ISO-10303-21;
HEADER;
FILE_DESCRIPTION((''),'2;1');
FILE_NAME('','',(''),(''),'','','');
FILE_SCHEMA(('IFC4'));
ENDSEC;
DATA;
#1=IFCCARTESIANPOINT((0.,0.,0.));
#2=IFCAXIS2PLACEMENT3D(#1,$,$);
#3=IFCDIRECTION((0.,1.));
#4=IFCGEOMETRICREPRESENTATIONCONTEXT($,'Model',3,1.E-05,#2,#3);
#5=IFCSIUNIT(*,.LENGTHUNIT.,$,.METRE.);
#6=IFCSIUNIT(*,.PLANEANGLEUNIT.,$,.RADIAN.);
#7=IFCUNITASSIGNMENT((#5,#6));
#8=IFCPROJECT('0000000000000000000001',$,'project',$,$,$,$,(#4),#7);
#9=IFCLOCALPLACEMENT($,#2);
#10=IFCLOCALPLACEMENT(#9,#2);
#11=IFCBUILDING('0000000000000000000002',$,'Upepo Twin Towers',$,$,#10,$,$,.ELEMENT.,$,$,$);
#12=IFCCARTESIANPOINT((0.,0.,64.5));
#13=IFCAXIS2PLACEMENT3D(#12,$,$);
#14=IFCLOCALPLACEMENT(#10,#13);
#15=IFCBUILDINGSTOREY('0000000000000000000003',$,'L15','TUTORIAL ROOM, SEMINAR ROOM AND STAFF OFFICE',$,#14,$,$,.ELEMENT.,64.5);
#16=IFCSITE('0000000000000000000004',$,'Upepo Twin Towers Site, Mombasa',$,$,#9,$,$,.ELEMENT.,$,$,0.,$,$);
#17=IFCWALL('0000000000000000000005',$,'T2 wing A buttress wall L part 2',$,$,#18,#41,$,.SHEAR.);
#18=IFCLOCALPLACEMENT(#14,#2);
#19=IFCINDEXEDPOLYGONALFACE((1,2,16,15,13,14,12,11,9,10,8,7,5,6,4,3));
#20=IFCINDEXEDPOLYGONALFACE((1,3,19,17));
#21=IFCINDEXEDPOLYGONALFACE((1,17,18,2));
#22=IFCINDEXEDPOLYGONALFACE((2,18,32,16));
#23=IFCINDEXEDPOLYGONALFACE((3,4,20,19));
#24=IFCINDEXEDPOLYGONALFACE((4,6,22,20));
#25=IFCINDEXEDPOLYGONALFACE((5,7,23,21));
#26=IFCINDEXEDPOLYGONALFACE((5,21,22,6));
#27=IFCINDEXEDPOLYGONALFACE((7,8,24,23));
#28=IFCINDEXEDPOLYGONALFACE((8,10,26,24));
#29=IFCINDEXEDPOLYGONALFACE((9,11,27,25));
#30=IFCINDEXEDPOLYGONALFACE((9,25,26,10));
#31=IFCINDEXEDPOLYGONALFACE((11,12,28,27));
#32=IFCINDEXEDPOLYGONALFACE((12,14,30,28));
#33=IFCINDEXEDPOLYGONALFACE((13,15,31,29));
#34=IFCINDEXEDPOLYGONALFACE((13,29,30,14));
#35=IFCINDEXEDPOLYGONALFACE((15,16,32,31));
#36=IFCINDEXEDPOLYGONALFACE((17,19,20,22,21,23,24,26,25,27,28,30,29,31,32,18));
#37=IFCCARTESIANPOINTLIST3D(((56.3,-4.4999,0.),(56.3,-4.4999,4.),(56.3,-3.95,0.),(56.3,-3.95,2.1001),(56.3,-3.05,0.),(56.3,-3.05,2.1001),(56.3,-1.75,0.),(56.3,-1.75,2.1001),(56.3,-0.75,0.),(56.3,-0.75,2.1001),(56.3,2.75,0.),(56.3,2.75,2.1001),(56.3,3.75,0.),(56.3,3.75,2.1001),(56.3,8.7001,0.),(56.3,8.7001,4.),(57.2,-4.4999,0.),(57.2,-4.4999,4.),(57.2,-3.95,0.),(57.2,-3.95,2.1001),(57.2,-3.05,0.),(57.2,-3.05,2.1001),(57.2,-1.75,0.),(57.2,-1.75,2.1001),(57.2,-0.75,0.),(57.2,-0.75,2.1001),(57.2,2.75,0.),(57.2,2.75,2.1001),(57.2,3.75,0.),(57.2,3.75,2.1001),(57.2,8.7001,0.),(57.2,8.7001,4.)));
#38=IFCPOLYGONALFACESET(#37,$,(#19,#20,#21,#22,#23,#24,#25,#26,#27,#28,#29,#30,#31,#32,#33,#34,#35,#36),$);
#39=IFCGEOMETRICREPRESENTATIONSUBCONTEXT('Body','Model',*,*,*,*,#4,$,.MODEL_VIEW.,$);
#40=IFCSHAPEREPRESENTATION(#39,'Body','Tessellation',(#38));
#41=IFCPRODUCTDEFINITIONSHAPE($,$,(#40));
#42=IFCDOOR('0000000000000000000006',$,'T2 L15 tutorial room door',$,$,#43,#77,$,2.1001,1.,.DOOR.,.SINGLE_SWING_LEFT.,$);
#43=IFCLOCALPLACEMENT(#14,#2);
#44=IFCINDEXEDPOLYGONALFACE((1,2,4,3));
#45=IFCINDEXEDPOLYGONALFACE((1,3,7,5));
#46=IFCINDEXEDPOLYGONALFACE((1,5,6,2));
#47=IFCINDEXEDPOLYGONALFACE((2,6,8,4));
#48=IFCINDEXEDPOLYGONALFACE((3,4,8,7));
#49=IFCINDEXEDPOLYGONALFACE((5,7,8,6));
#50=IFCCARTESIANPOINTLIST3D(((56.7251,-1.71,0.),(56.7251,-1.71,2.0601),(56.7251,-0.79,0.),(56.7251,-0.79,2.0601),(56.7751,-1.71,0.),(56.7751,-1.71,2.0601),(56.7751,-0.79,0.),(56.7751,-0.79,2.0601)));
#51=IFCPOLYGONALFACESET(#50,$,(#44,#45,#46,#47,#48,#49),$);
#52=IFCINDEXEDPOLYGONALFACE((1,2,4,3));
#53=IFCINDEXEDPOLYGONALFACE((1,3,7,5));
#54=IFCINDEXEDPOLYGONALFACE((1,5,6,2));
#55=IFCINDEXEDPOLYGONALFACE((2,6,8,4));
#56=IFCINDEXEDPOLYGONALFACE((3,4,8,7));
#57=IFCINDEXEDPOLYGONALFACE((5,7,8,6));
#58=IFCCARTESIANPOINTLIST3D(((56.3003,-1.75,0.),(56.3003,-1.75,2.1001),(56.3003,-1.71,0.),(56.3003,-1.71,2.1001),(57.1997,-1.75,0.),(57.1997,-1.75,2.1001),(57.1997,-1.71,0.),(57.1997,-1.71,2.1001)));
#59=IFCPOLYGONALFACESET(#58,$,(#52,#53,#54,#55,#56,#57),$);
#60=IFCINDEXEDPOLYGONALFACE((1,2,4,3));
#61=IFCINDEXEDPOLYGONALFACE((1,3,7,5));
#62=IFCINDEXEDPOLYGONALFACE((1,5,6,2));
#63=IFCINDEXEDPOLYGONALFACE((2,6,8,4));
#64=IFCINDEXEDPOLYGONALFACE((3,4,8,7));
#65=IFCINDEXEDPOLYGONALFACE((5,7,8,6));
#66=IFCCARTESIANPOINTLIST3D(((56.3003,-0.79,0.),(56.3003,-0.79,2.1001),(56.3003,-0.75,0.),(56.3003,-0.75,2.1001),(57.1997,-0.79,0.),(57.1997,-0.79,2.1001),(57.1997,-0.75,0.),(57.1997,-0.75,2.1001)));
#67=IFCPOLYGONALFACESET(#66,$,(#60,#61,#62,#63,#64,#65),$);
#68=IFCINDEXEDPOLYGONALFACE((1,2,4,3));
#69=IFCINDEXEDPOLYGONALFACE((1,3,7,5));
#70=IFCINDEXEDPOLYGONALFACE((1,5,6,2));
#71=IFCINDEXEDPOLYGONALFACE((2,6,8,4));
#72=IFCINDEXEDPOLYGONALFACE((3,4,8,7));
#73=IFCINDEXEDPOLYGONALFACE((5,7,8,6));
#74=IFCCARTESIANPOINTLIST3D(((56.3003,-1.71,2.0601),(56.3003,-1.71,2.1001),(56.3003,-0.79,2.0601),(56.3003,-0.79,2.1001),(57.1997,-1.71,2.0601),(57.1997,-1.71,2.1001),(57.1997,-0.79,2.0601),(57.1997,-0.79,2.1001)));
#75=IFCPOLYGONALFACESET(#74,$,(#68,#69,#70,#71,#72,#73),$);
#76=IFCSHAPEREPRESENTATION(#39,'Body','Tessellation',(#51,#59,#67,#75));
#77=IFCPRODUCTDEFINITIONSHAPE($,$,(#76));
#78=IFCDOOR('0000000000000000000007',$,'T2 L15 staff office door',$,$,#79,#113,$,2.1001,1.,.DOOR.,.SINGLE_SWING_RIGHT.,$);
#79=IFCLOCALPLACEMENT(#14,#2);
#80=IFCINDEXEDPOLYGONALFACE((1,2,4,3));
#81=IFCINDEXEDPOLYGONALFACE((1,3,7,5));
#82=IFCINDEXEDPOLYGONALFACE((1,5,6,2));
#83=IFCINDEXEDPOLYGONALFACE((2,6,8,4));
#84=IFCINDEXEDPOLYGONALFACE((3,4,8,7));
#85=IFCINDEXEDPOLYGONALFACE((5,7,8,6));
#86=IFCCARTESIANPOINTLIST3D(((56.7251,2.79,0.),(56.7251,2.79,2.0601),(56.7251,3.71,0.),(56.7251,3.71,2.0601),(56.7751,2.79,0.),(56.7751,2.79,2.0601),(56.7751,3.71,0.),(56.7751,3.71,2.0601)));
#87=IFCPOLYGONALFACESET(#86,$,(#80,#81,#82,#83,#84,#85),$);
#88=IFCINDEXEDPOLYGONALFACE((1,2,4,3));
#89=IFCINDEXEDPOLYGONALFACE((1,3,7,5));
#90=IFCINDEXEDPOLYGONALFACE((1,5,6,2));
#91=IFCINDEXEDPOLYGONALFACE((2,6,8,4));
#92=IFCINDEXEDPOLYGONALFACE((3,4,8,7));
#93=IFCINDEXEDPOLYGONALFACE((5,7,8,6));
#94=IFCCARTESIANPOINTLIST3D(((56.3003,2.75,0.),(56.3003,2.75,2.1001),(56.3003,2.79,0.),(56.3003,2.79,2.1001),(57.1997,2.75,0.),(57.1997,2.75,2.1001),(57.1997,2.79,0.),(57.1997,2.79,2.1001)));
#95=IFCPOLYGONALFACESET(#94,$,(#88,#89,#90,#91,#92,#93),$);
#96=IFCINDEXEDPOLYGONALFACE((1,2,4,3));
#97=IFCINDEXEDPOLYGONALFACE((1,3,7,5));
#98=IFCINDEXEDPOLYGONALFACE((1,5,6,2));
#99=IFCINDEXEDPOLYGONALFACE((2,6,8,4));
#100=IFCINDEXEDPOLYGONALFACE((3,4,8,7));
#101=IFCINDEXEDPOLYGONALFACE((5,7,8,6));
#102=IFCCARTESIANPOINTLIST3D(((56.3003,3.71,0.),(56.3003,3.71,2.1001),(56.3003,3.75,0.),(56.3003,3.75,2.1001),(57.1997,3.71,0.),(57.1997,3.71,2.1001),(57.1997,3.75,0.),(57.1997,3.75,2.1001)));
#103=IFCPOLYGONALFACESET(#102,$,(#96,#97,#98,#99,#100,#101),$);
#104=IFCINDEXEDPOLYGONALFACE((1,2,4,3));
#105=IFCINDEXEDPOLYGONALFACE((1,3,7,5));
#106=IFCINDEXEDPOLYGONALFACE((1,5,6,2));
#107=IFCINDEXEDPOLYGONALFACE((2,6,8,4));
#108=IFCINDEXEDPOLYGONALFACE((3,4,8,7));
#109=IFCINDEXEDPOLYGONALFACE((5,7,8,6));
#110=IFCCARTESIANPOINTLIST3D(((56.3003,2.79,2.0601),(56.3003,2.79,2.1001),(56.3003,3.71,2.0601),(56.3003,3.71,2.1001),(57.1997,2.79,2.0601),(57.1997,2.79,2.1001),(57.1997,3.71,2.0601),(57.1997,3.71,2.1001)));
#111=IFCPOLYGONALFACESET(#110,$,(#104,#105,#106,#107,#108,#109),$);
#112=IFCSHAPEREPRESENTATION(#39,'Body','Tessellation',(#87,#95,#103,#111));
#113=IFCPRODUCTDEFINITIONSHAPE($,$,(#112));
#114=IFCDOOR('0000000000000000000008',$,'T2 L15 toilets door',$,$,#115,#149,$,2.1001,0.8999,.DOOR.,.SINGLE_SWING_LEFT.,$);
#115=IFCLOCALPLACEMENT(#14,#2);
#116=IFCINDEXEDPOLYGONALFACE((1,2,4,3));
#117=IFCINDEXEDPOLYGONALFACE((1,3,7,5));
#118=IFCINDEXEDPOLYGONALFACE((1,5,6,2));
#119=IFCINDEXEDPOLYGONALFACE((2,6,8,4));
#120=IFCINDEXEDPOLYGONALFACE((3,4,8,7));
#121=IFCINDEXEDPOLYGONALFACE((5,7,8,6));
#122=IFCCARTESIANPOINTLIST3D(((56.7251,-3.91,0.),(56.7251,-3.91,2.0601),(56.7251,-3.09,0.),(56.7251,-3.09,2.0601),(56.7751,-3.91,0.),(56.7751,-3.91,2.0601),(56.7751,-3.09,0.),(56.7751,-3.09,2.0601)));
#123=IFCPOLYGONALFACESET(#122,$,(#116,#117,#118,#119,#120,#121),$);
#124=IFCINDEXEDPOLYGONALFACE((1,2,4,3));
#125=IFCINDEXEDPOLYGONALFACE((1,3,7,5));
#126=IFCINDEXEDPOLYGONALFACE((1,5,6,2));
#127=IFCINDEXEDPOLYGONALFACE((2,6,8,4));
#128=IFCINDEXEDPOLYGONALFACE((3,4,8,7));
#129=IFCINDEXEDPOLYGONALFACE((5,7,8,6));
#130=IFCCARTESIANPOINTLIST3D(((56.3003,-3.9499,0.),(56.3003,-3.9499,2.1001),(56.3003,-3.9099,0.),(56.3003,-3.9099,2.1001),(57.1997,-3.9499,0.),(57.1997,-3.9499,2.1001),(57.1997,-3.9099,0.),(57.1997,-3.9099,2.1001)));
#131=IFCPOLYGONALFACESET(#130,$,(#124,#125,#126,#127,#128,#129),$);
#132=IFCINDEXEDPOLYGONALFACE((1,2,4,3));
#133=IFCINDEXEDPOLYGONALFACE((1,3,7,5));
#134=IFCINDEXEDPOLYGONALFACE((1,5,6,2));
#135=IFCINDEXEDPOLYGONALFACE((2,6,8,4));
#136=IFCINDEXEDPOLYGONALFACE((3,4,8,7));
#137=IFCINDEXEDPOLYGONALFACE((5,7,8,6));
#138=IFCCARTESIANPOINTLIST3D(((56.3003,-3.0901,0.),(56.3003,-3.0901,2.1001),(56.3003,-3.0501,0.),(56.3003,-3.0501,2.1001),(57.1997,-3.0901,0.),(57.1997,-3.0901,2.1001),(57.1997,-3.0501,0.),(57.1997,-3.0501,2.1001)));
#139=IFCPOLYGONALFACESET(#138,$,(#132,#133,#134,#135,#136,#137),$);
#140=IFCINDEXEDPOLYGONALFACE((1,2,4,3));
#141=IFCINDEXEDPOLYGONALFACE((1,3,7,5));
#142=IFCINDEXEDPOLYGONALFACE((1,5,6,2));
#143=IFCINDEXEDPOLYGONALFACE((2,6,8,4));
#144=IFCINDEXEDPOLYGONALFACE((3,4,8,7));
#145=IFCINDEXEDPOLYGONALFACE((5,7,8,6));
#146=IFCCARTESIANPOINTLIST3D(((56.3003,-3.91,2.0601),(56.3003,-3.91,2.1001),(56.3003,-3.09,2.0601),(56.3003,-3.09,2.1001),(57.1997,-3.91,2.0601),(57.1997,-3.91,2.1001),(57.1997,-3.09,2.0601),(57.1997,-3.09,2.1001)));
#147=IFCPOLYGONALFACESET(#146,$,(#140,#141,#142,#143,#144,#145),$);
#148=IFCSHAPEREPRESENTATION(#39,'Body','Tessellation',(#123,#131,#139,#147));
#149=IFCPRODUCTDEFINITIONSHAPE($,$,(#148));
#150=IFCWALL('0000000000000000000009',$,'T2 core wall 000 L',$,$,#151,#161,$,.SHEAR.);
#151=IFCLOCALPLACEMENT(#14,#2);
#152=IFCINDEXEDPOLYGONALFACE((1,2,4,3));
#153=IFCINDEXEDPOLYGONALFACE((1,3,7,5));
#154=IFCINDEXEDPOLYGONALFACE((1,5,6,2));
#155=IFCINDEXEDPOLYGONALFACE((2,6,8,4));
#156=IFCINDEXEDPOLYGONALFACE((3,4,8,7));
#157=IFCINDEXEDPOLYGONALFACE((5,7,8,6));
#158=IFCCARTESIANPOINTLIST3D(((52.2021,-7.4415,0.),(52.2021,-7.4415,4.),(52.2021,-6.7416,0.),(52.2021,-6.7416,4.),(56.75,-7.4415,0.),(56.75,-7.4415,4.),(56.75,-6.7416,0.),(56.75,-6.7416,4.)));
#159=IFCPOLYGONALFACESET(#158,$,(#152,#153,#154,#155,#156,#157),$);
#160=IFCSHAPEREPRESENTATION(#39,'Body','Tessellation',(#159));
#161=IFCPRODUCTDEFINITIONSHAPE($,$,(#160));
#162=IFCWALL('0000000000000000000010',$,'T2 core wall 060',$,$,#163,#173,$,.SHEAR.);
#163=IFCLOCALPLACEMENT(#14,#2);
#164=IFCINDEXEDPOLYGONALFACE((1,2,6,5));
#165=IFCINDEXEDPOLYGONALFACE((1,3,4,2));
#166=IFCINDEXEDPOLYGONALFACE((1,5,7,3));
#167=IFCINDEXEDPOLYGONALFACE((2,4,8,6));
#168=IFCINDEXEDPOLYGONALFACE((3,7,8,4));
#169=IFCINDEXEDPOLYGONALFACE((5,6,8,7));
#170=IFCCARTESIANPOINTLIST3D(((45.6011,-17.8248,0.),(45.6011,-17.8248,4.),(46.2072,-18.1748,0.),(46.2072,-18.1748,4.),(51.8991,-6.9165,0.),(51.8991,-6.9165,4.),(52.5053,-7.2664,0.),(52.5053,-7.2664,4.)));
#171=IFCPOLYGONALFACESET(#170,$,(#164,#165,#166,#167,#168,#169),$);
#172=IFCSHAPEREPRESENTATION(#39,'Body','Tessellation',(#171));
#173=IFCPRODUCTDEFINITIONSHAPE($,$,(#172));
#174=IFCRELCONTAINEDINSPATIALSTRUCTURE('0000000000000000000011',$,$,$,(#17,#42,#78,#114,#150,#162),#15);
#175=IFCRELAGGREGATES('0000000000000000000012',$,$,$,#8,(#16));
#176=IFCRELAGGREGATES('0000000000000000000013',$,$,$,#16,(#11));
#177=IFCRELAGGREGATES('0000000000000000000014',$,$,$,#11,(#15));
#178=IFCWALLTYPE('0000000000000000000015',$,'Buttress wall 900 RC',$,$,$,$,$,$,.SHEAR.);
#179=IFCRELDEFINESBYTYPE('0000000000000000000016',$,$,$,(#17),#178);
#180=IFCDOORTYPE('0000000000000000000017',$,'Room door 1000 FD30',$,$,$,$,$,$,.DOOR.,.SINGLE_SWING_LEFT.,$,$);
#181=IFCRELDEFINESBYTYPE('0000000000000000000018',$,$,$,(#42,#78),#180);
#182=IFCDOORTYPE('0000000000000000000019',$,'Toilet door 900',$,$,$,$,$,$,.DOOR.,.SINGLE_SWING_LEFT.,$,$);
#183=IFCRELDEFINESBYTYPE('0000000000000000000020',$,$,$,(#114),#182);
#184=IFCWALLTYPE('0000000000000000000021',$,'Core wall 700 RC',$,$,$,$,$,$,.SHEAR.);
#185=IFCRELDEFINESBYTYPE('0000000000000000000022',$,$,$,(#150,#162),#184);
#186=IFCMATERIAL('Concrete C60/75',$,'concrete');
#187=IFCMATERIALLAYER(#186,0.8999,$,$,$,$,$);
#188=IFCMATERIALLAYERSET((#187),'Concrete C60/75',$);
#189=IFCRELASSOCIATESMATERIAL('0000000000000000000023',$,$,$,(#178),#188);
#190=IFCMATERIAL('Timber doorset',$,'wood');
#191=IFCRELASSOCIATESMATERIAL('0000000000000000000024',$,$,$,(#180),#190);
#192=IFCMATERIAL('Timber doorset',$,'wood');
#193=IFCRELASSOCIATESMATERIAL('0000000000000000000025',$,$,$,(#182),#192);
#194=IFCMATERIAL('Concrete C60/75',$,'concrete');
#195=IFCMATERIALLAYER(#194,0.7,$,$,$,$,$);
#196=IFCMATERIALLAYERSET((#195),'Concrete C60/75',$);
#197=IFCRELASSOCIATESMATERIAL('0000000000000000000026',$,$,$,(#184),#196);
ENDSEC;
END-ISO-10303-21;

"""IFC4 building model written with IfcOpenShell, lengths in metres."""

from ifc_helpers import new_model, si_unit, direction, frame, frame_2d, origin, place, context, subcontext, project, spatial, rectangle, extrude, material, layer, layer_set, type_object, element, fill, save


model = new_model("IFC4")

# Units and contexts
model_context = context("Model", 3, precision=1e-05, world=origin(), true_north=direction((0.0, 1.0)))
body_context = subcontext(model_context, "Body", "Model", "MODEL_VIEW")
ifc_project = project(units=[si_unit("LENGTHUNIT", "METRE"), si_unit("PLANEANGLEUNIT", "RADIAN")], contexts=[model_context])

# Site, building, storey
site_placement = place(None, origin())
site = spatial("IfcSite", under=ifc_project, at=site_placement, Name="Upepo Twin Towers Site, Mombasa", CompositionType="ELEMENT", RefElevation=0.0)
building_placement = place(site_placement, origin())
building = spatial("IfcBuilding", under=site, at=building_placement, Name="Upepo Twin Towers", CompositionType="ELEMENT")
storey_placement = place(building_placement, frame((0.0, 0.0, 64.5)))
storey = spatial("IfcBuildingStorey", under=building, at=storey_placement, Name="L15", Description="TUTORIAL ROOM, SEMINAR ROOM AND STAFF OFFICE", CompositionType="ELEMENT", Elevation=64.5)

# Wall, openings, doors
ifc_material_1 = material(Name="Concrete C60/75", Category="concrete")
ifc_layer_1 = layer(ifc_material_1, 0.8999)
ifc_layer_set_1 = layer_set([ifc_layer_1], Name="Concrete C60/75")
wall_type_1 = type_object("IfcWallType", Name="Buttress wall 900 RC", PredefinedType="SHEAR", material=ifc_layer_set_1)
wall_1_placement = place(storey_placement, frame((56.75, -4.5, 0.0), z_axis=(0.0, 0.0, 1.0), x_axis=(0.0, 1.0, 0.0)))
wall_1 = element("IfcWall", 1, at=wall_1_placement, inside=storey, type_object=wall_type_1, Name="T2 wing A buttress wall L part 2", PredefinedType="SHEAR", context=body_context, shape_type="SweptSolid", body=[
    extrude(rectangle(XDim=13.2, YDim=0.8999, at=frame_2d((6.6001, 0.0))), origin(), (0.0, 0.0, 1.0), 4.0),
])
opening_1_placement = place(wall_1_placement, frame((0.55, 0.0, 0.0)))
opening_1 = element("IfcOpeningElement", 2, at=opening_1_placement, cuts=wall_1, PredefinedType="OPENING", context=body_context, shape_type="SweptSolid", body=[
    extrude(rectangle(XDim=0.8999, YDim=2.1001, at=frame_2d((0.45, 1.05))), frame((0.0, 0.46, 0.0), z_axis=(0.0, -1.0, 0.0), x_axis=(1.0, 0.0, 0.0)), (0.0, 0.0, 1.0), 0.9199),
])
opening_2_placement = place(wall_1_placement, frame((2.75, 0.0, 0.0)))
opening_2 = element("IfcOpeningElement", 3, at=opening_2_placement, cuts=wall_1, PredefinedType="OPENING", context=body_context, shape_type="SweptSolid", body=[
    extrude(rectangle(XDim=1.0, YDim=2.1001, at=frame_2d((0.5, 1.05))), frame((0.0, 0.46, 0.0), z_axis=(0.0, -1.0, 0.0), x_axis=(1.0, 0.0, 0.0)), (0.0, 0.0, 1.0), 0.9199),
])
opening_3_placement = place(wall_1_placement, frame((7.25, 0.0, 0.0)))
opening_3 = element("IfcOpeningElement", 4, at=opening_3_placement, cuts=wall_1, PredefinedType="OPENING", context=body_context, shape_type="SweptSolid", body=[
    extrude(rectangle(XDim=1.0, YDim=2.1001, at=frame_2d((0.5, 1.05))), frame((0.0, 0.46, 0.0), z_axis=(0.0, -1.0, 0.0), x_axis=(1.0, 0.0, 0.0)), (0.0, 0.0, 1.0), 0.9199),
])
ifc_material_2 = material(Name="Timber doorset", Category="wood")
door_type_1 = type_object("IfcDoorType", Name="Room door 1000 FD30", OperationType="SINGLE_SWING_LEFT", PredefinedType="DOOR", material=ifc_material_2)
door_1_placement = place(opening_2_placement, origin())
door_1 = element("IfcDoor", 5, at=door_1_placement, inside=storey, type_object=door_type_1, Name="T2 L15 tutorial room door", OperationType="SINGLE_SWING_LEFT", OverallHeight=2.1001, OverallWidth=1.0, PredefinedType="DOOR", context=body_context, shape_type="SweptSolid", body=[
    extrude(rectangle(XDim=0.92, YDim=2.0601, at=frame_2d((0.5, 1.03))), frame((0.0, 0.0249, 0.0), z_axis=(0.0, -1.0, 0.0), x_axis=(1.0, 0.0, 0.0)), (0.0, 0.0, 1.0), 0.05),
    extrude(rectangle(XDim=0.04, YDim=2.1001, at=frame_2d((0.02, 1.05))), frame((0.0, 0.4497, 0.0), z_axis=(0.0, -1.0, 0.0), x_axis=(1.0, 0.0, 0.0)), (0.0, 0.0, 1.0), 0.8994),
    extrude(rectangle(XDim=0.04, YDim=2.1001, at=frame_2d((0.98, 1.05))), frame((0.0, 0.4497, 0.0), z_axis=(0.0, -1.0, 0.0), x_axis=(1.0, 0.0, 0.0)), (0.0, 0.0, 1.0), 0.8994),
    extrude(rectangle(XDim=0.92, YDim=0.04, at=frame_2d((0.5, 2.0801))), frame((0.0, 0.4497, 0.0), z_axis=(0.0, -1.0, 0.0), x_axis=(1.0, 0.0, 0.0)), (0.0, 0.0, 1.0), 0.8994),
])
fill(opening_2, door_1)
door_2_placement = place(opening_3_placement, origin())
door_2 = element("IfcDoor", 6, at=door_2_placement, inside=storey, type_object=door_type_1, Name="T2 L15 staff office door", OperationType="SINGLE_SWING_RIGHT", OverallHeight=2.1001, OverallWidth=1.0, PredefinedType="DOOR", context=body_context, shape_type="SweptSolid", body=[
    extrude(rectangle(XDim=0.92, YDim=2.0601, at=frame_2d((0.5, 1.03))), frame((0.0, 0.0249, 0.0), z_axis=(0.0, -1.0, 0.0), x_axis=(1.0, 0.0, 0.0)), (0.0, 0.0, 1.0), 0.05),
    extrude(rectangle(XDim=0.04, YDim=2.1001, at=frame_2d((0.02, 1.05))), frame((0.0, 0.4497, 0.0), z_axis=(0.0, -1.0, 0.0), x_axis=(1.0, 0.0, 0.0)), (0.0, 0.0, 1.0), 0.8994),
    extrude(rectangle(XDim=0.04, YDim=2.1001, at=frame_2d((0.98, 1.05))), frame((0.0, 0.4497, 0.0), z_axis=(0.0, -1.0, 0.0), x_axis=(1.0, 0.0, 0.0)), (0.0, 0.0, 1.0), 0.8994),
    extrude(rectangle(XDim=0.92, YDim=0.04, at=frame_2d((0.5, 2.0801))), frame((0.0, 0.4497, 0.0), z_axis=(0.0, -1.0, 0.0), x_axis=(1.0, 0.0, 0.0)), (0.0, 0.0, 1.0), 0.8994),
])
fill(opening_3, door_2)
ifc_material_3 = material(Name="Timber doorset", Category="wood")
door_type_2 = type_object("IfcDoorType", Name="Toilet door 900", OperationType="SINGLE_SWING_LEFT", PredefinedType="DOOR", material=ifc_material_3)
door_3_placement = place(opening_1_placement, origin())
door_3 = element("IfcDoor", 7, at=door_3_placement, inside=storey, type_object=door_type_2, Name="T2 L15 toilets door", OperationType="SINGLE_SWING_LEFT", OverallHeight=2.1001, OverallWidth=0.8999, PredefinedType="DOOR", context=body_context, shape_type="SweptSolid", body=[
    extrude(rectangle(XDim=0.8199, YDim=2.0601, at=frame_2d((0.45, 1.03))), frame((0.0, 0.0249, 0.0), z_axis=(0.0, -1.0, 0.0), x_axis=(1.0, 0.0, 0.0)), (0.0, 0.0, 1.0), 0.05),
    extrude(rectangle(XDim=0.04, YDim=2.1001, at=frame_2d((0.02, 1.05))), frame((0.0, 0.4497, 0.0), z_axis=(0.0, -1.0, 0.0), x_axis=(1.0, 0.0, 0.0)), (0.0, 0.0, 1.0), 0.8994),
    extrude(rectangle(XDim=0.04, YDim=2.1001, at=frame_2d((0.8799, 1.05))), frame((0.0, 0.4497, 0.0), z_axis=(0.0, -1.0, 0.0), x_axis=(1.0, 0.0, 0.0)), (0.0, 0.0, 1.0), 0.8994),
    extrude(rectangle(XDim=0.8199, YDim=0.04, at=frame_2d((0.45, 2.0801))), frame((0.0, 0.4497, 0.0), z_axis=(0.0, -1.0, 0.0), x_axis=(1.0, 0.0, 0.0)), (0.0, 0.0, 1.0), 0.8994),
])
fill(opening_1, door_3)

# Walls
ifc_material_4 = material(Name="Concrete C60/75", Category="concrete")
ifc_layer_2 = layer(ifc_material_4, 0.7)
ifc_layer_set_2 = layer_set([ifc_layer_2], Name="Concrete C60/75")
wall_type_2 = type_object("IfcWallType", Name="Core wall 700 RC", PredefinedType="SHEAR", material=ifc_layer_set_2)
wall_2_placement = place(storey_placement, frame((56.75, -7.0916, 0.0), z_axis=(0.0, 0.0, 1.0), x_axis=(-1.0, 0.0, 0.0)))
element("IfcWall", 8, at=wall_2_placement, inside=storey, type_object=wall_type_2, Name="T2 core wall 000 L", PredefinedType="SHEAR", context=body_context, shape_type="SweptSolid", body=[
    extrude(rectangle(XDim=4.5479, YDim=0.7, at=frame_2d((2.2739, 0.0))), origin(), (0.0, 0.0, 1.0), 4.0),
])
wall_3_placement = place(storey_placement, frame((52.2021, -7.0916, 0.0), z_axis=(0.0, 0.0, 1.0), x_axis=(-0.500006, -0.866022, 0.0)))
element("IfcWall", 9, at=wall_3_placement, inside=storey, type_object=wall_type_2, Name="T2 core wall 060", PredefinedType="SHEAR", context=body_context, shape_type="SweptSolid", body=[
    extrude(rectangle(XDim=12.5959, YDim=0.7, at=frame_2d((6.2979, 0.0))), origin(), (0.0, 0.0, 1.0), 4.0),
])

save(model, "model.ifc")
